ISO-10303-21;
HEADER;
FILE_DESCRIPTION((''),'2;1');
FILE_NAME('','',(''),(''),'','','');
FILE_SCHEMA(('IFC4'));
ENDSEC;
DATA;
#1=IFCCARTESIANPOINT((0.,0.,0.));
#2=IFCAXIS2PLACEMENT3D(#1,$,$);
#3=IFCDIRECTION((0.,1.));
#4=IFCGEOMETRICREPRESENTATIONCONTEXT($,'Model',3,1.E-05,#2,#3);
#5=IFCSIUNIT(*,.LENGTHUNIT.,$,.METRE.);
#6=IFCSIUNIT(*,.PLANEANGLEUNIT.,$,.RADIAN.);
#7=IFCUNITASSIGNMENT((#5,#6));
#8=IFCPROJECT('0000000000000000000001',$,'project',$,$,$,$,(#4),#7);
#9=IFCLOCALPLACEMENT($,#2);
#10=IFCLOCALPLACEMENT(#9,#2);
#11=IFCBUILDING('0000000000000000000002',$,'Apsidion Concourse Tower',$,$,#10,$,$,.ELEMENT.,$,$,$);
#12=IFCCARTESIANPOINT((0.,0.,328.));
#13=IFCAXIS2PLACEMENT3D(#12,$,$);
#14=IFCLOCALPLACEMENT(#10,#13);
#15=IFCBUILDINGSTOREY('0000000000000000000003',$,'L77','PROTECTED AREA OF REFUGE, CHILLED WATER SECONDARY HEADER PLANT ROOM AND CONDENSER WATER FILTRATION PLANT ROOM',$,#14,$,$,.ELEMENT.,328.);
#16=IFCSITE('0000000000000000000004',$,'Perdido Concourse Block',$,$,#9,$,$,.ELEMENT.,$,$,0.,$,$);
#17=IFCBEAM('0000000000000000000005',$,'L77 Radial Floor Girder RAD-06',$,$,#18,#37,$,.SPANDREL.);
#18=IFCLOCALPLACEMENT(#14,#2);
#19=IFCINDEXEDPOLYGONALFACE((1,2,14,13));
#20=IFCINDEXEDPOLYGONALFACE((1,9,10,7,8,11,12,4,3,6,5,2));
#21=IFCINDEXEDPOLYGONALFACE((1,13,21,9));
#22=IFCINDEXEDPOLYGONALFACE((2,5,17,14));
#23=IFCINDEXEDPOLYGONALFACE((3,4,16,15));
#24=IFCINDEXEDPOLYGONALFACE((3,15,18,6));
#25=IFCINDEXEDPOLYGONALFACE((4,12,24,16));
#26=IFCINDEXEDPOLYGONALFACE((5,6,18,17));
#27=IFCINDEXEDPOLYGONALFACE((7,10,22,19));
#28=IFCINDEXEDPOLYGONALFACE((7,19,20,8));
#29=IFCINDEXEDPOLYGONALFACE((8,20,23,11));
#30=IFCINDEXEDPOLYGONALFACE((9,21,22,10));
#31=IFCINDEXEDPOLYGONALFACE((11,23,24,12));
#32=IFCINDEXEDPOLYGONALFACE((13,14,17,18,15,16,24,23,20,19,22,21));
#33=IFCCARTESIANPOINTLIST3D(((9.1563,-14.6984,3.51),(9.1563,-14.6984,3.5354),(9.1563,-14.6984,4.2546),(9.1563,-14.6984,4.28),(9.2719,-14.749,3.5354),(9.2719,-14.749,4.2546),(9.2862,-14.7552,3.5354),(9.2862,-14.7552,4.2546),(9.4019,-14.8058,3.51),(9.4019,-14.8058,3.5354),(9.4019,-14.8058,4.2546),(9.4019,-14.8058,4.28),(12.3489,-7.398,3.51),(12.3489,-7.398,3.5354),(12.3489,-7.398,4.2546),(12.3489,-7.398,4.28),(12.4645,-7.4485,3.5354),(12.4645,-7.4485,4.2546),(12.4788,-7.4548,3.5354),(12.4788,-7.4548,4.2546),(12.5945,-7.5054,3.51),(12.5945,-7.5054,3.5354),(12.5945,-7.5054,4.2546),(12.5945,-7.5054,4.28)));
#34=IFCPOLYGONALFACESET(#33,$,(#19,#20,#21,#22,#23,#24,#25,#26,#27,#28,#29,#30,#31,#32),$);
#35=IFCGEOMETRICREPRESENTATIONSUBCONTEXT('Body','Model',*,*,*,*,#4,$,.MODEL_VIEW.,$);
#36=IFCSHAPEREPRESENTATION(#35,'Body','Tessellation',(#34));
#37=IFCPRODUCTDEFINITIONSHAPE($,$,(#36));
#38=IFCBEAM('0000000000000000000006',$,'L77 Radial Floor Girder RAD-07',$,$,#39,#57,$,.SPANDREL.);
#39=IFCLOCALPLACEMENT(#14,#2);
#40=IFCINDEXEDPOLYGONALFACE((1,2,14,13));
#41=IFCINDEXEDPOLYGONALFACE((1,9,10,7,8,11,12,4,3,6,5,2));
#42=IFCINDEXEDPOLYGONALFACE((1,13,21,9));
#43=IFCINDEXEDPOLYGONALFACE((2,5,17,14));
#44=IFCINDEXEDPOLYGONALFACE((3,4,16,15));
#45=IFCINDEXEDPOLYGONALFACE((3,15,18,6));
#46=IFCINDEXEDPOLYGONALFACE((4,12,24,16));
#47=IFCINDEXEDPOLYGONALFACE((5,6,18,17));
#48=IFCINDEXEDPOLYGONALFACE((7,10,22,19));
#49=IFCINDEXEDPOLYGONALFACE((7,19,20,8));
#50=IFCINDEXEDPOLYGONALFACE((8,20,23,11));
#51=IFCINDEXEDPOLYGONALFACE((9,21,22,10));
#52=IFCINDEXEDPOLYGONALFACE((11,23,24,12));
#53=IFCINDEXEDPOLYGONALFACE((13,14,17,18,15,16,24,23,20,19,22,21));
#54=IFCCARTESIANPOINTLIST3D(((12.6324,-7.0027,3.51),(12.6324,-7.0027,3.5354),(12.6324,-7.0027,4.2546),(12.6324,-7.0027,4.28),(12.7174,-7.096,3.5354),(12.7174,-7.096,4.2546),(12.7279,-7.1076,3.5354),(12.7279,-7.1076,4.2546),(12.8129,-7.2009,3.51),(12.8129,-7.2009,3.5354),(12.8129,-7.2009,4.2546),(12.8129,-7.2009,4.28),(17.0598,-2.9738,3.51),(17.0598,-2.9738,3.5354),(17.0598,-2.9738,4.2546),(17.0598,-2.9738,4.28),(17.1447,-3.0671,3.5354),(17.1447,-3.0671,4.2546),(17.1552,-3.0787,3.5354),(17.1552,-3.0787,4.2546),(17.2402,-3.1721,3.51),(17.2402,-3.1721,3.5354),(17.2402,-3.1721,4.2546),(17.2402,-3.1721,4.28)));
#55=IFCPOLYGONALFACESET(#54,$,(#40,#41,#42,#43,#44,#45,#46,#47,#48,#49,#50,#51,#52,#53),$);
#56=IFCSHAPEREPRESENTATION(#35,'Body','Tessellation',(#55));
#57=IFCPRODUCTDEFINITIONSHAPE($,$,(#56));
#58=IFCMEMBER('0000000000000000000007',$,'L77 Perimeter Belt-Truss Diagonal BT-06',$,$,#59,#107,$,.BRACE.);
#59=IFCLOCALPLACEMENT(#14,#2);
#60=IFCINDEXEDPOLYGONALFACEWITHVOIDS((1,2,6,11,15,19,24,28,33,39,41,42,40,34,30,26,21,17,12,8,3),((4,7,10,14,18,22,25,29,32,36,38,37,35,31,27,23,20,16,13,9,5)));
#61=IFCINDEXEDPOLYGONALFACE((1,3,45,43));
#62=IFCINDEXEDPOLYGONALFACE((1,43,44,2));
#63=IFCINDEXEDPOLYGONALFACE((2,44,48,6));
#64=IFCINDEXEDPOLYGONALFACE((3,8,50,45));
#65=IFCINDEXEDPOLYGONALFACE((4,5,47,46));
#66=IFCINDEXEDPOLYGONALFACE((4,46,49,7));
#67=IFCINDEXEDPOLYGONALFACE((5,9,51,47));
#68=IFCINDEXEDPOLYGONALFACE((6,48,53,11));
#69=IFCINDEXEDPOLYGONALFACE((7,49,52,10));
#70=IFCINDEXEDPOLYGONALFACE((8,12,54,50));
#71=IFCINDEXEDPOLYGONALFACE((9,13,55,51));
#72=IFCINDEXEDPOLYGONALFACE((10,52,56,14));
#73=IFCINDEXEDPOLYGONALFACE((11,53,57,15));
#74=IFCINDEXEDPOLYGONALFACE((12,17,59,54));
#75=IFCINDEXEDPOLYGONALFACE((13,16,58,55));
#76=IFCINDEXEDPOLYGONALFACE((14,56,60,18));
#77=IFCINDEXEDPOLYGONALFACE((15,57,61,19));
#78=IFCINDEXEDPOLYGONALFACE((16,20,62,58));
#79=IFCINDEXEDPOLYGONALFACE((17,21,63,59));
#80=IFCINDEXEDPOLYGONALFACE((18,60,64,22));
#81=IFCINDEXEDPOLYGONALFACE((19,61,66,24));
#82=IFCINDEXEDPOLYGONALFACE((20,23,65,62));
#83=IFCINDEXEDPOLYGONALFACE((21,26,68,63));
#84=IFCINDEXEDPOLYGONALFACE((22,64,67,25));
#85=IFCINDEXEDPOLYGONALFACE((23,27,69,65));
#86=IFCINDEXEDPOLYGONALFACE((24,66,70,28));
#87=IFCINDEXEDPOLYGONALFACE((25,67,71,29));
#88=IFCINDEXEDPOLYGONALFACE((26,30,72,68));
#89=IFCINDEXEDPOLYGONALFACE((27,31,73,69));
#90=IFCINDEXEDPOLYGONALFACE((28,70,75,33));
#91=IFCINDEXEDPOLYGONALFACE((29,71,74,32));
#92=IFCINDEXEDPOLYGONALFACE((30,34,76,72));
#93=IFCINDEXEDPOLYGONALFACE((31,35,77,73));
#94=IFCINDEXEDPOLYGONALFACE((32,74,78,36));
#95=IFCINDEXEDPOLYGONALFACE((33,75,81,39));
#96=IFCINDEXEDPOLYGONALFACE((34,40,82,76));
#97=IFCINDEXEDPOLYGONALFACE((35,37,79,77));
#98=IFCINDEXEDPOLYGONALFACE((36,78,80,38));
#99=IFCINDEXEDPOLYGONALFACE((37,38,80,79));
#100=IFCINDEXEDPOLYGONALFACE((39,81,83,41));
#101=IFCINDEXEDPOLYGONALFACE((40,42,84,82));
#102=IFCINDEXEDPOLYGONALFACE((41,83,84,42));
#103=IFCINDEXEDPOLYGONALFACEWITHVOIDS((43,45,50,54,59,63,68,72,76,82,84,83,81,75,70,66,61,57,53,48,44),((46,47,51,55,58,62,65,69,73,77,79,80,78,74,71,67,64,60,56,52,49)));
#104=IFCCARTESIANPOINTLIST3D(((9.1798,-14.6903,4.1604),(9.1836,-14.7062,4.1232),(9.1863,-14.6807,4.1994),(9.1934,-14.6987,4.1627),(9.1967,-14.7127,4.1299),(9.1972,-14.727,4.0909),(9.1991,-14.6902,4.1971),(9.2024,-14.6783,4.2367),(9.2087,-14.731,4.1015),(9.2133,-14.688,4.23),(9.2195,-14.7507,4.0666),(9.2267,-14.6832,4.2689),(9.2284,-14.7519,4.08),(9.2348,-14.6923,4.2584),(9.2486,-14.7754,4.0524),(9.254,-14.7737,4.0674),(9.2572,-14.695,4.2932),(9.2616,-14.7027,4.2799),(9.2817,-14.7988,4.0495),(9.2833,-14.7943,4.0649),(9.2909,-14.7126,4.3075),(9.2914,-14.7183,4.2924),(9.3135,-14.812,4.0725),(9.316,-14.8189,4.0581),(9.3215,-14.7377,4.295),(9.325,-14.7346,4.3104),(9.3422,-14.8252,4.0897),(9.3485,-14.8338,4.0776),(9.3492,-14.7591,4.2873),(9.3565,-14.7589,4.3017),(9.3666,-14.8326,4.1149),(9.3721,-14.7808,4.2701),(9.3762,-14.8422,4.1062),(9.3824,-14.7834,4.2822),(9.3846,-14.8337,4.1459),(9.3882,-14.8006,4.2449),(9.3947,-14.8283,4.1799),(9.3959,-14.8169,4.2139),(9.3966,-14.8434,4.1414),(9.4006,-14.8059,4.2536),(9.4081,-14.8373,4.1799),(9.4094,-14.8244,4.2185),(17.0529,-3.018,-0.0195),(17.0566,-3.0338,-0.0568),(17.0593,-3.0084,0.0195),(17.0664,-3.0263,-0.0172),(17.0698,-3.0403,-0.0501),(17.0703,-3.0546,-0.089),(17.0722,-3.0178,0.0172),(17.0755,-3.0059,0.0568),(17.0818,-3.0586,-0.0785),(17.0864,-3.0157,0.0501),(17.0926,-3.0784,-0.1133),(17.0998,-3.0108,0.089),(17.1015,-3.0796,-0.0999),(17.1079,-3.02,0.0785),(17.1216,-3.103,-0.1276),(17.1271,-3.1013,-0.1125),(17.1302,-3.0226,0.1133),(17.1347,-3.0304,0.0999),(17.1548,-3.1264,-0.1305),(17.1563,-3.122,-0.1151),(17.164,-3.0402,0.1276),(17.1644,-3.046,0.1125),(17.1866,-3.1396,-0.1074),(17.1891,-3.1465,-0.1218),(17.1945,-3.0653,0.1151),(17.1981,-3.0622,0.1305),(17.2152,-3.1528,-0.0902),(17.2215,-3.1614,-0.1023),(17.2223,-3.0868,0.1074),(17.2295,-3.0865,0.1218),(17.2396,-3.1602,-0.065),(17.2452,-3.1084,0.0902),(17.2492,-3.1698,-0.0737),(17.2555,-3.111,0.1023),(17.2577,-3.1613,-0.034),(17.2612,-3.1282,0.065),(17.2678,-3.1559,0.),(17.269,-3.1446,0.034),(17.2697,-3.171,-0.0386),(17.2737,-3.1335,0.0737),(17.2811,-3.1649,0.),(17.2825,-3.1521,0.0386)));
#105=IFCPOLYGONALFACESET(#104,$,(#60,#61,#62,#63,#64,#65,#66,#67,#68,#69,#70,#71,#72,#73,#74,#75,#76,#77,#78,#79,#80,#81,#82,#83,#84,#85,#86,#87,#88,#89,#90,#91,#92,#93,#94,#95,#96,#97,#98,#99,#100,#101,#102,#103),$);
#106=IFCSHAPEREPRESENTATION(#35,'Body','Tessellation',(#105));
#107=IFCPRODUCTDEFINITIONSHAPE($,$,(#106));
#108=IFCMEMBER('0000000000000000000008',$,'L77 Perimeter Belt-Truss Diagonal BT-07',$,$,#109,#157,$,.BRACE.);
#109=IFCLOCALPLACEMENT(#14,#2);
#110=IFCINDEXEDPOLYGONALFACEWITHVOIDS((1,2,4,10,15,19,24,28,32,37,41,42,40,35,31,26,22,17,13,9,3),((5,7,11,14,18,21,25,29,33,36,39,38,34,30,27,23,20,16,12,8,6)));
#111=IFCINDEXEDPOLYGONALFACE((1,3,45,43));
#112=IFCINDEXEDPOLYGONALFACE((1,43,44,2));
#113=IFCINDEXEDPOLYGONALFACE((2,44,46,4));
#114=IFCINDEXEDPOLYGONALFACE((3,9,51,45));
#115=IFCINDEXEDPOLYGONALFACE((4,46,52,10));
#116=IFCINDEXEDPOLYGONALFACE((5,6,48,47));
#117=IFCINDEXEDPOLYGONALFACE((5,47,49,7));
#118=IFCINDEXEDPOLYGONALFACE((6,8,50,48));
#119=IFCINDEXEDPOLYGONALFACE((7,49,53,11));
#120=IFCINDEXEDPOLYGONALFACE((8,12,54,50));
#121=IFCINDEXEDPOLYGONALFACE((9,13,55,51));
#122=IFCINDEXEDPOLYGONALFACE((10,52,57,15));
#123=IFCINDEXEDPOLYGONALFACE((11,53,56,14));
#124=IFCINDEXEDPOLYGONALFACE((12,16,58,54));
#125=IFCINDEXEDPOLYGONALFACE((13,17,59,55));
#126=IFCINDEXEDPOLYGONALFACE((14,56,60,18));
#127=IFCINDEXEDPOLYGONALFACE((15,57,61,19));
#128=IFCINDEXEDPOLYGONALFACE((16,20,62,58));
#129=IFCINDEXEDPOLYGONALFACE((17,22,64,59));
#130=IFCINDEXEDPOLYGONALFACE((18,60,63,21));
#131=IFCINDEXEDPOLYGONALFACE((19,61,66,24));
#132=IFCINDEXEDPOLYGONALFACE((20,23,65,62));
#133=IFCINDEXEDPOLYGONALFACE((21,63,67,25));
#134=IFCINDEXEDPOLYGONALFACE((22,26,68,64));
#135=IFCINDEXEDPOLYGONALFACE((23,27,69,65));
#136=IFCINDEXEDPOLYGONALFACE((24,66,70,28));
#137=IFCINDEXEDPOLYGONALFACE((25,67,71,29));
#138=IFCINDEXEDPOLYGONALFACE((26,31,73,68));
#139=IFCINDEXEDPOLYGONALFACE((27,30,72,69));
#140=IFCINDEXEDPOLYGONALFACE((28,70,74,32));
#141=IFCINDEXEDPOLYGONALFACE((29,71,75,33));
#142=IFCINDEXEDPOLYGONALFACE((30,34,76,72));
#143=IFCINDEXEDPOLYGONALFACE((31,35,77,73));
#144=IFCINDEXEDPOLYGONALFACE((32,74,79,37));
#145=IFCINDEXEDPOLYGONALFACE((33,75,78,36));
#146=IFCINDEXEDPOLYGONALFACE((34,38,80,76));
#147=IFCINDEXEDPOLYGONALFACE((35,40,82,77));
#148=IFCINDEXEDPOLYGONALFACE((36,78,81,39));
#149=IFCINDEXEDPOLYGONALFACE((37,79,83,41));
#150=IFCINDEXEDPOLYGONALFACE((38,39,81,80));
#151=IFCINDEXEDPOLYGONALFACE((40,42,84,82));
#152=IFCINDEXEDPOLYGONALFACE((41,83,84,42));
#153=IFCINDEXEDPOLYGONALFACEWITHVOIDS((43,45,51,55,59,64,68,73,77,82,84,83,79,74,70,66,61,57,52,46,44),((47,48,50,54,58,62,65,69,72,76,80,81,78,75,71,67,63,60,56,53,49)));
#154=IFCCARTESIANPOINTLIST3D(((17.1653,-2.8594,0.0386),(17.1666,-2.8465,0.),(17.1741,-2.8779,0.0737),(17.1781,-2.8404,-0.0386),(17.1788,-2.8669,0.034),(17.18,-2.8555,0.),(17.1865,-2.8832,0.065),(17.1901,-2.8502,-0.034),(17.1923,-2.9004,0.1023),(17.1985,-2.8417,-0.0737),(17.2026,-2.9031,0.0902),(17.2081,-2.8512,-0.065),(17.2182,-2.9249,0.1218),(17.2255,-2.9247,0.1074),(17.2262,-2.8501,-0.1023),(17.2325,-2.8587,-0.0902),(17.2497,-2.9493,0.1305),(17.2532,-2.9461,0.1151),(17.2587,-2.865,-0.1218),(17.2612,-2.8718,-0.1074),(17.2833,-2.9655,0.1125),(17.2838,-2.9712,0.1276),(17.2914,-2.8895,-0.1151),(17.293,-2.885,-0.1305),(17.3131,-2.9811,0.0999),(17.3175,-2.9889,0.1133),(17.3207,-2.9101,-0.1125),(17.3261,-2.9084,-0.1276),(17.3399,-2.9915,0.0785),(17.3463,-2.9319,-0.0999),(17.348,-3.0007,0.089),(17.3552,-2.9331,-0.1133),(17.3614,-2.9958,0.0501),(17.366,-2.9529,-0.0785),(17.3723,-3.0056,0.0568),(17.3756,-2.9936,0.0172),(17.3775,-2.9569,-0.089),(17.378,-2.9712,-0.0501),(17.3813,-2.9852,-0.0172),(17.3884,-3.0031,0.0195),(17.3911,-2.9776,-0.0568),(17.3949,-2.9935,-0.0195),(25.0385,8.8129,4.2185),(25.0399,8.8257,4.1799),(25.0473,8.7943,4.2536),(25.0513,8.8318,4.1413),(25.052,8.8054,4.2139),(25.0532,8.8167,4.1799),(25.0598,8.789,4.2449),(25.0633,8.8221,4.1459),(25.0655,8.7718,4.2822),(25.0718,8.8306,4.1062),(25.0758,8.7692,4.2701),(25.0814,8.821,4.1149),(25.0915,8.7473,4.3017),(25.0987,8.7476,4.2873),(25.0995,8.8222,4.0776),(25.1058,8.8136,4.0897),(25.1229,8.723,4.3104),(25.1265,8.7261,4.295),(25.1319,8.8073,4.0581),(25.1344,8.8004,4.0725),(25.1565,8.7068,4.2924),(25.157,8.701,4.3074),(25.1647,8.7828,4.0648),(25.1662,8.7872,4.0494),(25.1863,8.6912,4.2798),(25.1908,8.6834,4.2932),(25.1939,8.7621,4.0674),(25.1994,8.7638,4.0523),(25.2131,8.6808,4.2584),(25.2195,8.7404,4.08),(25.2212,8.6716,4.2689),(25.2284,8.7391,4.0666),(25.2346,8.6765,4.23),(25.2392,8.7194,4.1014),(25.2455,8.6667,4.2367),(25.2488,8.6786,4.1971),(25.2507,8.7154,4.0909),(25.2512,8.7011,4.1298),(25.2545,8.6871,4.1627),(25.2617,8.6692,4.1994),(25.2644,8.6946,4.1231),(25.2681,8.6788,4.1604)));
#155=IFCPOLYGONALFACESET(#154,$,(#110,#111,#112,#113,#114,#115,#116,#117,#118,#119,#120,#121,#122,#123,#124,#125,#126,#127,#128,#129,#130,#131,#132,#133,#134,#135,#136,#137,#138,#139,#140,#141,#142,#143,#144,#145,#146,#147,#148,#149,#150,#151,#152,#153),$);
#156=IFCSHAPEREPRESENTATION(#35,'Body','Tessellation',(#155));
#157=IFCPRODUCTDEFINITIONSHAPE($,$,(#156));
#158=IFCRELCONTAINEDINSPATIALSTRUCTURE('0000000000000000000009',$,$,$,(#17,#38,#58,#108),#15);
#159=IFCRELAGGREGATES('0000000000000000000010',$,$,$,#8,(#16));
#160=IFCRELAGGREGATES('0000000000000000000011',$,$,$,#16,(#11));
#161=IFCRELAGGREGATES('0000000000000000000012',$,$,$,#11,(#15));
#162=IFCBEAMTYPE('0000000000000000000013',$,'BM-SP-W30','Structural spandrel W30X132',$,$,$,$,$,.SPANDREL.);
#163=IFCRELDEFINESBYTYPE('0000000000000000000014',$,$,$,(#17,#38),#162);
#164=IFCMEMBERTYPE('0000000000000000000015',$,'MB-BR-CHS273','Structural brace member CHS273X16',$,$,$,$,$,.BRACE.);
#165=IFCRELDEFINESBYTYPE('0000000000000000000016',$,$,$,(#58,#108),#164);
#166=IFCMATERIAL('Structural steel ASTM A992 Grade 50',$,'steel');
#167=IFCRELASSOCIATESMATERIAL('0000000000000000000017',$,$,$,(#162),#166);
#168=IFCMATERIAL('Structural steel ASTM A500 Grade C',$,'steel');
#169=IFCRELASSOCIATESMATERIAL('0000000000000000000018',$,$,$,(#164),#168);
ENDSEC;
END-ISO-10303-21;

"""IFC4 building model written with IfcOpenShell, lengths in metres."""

from ifc_helpers import new_model, si_unit, direction, frame, origin, origin_2d, place, context, subcontext, project, spatial, hollow_circle, i_section, extrude, material, material_profile, profile_set, type_object, element, save


model = new_model("IFC4")

# Units and contexts
model_context = context("Model", 3, precision=1e-05, world=origin(), true_north=direction((0.0, 1.0)))
body_context = subcontext(model_context, "Body", "Model", "MODEL_VIEW")
ifc_project = project(units=[si_unit("LENGTHUNIT", "METRE"), si_unit("PLANEANGLEUNIT", "RADIAN")], contexts=[model_context])

# Site, building, storey
site_placement = place(None, origin())
site = spatial("IfcSite", under=ifc_project, at=site_placement, Name="Perdido Concourse Block", CompositionType="ELEMENT", RefElevation=0.0)
building_placement = place(site_placement, origin())
building = spatial("IfcBuilding", under=site, at=building_placement, Name="Apsidion Concourse Tower", CompositionType="ELEMENT")
storey_placement = place(building_placement, frame((0.0, 0.0, 328.0)))
storey = spatial("IfcBuildingStorey", under=building, at=storey_placement, Name="L77", Description="PROTECTED AREA OF REFUGE, CHILLED WATER SECONDARY HEADER PLANT ROOM AND CONDENSER WATER FILTRATION PLANT ROOM", CompositionType="ELEMENT", Elevation=328.0)

# Shared definitions
ifc_material_1 = material(Name="Structural steel ASTM A992 Grade 50", Category="steel")

# Beams
ifc_material_profile_1 = material_profile(ifc_material_1, i_section(OverallWidth=0.2681, OverallDepth=0.77, WebThickness=0.0156, FlangeThickness=0.0254, at=origin_2d()), Name="W30X132")
ifc_profile_set_1 = profile_set([ifc_material_profile_1], Name="Structural steel ASTM A992 Grade 50")
beam_type_1 = type_object("IfcBeamType", Name="BM-SP-W30", Description="Structural spandrel W30X132", PredefinedType="SPANDREL", material=ifc_profile_set_1)
beam_1_placement = place(storey_placement, frame((12.4717, -7.4517, 3.895), z_axis=(-0.400676, -0.91622, 0.0), x_axis=(0.91622, -0.400676, 0.0)))
element("IfcBeam", 1, at=beam_1_placement, inside=storey, type_object=beam_type_1, Name="L77 Radial Floor Girder RAD-06", PredefinedType="SPANDREL", context=body_context, shape_type="SweptSolid", body=[
    extrude(i_section(OverallWidth=0.2681, OverallDepth=0.77, WebThickness=0.0156, FlangeThickness=0.0254, at=origin_2d()), origin(), (0.0, 0.0, 1.0), 7.968),
])
beam_2_placement = place(storey_placement, frame((12.7227, -7.1018, 3.895), z_axis=(0.739604, 0.673042, 0.0), x_axis=(-0.673042, 0.739604, 0.0)))
element("IfcBeam", 2, at=beam_2_placement, inside=storey, type_object=beam_type_1, Name="L77 Radial Floor Girder RAD-07", PredefinedType="SPANDREL", context=body_context, shape_type="SweptSolid", body=[
    extrude(i_section(OverallWidth=0.2681, OverallDepth=0.77, WebThickness=0.0156, FlangeThickness=0.0254, at=origin_2d()), origin(), (0.0, 0.0, 1.0), 5.9861),
])

# Members
ifc_material_2 = material(Name="Structural steel ASTM A500 Grade C", Category="steel")
ifc_material_profile_2 = material_profile(ifc_material_2, hollow_circle(Radius=0.1365, WallThickness=0.0161, at=origin_2d()), Name="CHS273X16")
ifc_profile_set_2 = profile_set([ifc_material_profile_2], Name="Structural steel ASTM A500 Grade C")
member_type_1 = type_object("IfcMemberType", Name="MB-BR-CHS273", Description="Structural brace member CHS273X16", PredefinedType="BRACE", material=ifc_profile_set_2)
for number, where, z_axis, x_axis, name in (
    (3, (17.168, -3.0886, 0.0), (-0.536064, -0.794754, 0.284606), (0.82904, -0.55919, 0.0), "L77 Perimeter Belt-Truss Diagonal BT-06"),
    (4, (17.2798, -2.9229, 0.0), (0.536076, 0.794747, 0.284603), (-0.829032, 0.559202, 0.0), "L77 Perimeter Belt-Truss Diagonal BT-07"),
):
    element("IfcMember", number, at=place(storey_placement, frame(where, z_axis=z_axis, x_axis=x_axis)), inside=storey, type_object=member_type_1, Name=name, PredefinedType="BRACE", context=body_context, shape_type="SweptSolid", body=[
        extrude(hollow_circle(Radius=0.1365, WallThickness=0.0161, at=origin_2d()), origin(), (0.0, 0.0, 1.0), 14.6868),
    ])

save(model, "model.ifc")
